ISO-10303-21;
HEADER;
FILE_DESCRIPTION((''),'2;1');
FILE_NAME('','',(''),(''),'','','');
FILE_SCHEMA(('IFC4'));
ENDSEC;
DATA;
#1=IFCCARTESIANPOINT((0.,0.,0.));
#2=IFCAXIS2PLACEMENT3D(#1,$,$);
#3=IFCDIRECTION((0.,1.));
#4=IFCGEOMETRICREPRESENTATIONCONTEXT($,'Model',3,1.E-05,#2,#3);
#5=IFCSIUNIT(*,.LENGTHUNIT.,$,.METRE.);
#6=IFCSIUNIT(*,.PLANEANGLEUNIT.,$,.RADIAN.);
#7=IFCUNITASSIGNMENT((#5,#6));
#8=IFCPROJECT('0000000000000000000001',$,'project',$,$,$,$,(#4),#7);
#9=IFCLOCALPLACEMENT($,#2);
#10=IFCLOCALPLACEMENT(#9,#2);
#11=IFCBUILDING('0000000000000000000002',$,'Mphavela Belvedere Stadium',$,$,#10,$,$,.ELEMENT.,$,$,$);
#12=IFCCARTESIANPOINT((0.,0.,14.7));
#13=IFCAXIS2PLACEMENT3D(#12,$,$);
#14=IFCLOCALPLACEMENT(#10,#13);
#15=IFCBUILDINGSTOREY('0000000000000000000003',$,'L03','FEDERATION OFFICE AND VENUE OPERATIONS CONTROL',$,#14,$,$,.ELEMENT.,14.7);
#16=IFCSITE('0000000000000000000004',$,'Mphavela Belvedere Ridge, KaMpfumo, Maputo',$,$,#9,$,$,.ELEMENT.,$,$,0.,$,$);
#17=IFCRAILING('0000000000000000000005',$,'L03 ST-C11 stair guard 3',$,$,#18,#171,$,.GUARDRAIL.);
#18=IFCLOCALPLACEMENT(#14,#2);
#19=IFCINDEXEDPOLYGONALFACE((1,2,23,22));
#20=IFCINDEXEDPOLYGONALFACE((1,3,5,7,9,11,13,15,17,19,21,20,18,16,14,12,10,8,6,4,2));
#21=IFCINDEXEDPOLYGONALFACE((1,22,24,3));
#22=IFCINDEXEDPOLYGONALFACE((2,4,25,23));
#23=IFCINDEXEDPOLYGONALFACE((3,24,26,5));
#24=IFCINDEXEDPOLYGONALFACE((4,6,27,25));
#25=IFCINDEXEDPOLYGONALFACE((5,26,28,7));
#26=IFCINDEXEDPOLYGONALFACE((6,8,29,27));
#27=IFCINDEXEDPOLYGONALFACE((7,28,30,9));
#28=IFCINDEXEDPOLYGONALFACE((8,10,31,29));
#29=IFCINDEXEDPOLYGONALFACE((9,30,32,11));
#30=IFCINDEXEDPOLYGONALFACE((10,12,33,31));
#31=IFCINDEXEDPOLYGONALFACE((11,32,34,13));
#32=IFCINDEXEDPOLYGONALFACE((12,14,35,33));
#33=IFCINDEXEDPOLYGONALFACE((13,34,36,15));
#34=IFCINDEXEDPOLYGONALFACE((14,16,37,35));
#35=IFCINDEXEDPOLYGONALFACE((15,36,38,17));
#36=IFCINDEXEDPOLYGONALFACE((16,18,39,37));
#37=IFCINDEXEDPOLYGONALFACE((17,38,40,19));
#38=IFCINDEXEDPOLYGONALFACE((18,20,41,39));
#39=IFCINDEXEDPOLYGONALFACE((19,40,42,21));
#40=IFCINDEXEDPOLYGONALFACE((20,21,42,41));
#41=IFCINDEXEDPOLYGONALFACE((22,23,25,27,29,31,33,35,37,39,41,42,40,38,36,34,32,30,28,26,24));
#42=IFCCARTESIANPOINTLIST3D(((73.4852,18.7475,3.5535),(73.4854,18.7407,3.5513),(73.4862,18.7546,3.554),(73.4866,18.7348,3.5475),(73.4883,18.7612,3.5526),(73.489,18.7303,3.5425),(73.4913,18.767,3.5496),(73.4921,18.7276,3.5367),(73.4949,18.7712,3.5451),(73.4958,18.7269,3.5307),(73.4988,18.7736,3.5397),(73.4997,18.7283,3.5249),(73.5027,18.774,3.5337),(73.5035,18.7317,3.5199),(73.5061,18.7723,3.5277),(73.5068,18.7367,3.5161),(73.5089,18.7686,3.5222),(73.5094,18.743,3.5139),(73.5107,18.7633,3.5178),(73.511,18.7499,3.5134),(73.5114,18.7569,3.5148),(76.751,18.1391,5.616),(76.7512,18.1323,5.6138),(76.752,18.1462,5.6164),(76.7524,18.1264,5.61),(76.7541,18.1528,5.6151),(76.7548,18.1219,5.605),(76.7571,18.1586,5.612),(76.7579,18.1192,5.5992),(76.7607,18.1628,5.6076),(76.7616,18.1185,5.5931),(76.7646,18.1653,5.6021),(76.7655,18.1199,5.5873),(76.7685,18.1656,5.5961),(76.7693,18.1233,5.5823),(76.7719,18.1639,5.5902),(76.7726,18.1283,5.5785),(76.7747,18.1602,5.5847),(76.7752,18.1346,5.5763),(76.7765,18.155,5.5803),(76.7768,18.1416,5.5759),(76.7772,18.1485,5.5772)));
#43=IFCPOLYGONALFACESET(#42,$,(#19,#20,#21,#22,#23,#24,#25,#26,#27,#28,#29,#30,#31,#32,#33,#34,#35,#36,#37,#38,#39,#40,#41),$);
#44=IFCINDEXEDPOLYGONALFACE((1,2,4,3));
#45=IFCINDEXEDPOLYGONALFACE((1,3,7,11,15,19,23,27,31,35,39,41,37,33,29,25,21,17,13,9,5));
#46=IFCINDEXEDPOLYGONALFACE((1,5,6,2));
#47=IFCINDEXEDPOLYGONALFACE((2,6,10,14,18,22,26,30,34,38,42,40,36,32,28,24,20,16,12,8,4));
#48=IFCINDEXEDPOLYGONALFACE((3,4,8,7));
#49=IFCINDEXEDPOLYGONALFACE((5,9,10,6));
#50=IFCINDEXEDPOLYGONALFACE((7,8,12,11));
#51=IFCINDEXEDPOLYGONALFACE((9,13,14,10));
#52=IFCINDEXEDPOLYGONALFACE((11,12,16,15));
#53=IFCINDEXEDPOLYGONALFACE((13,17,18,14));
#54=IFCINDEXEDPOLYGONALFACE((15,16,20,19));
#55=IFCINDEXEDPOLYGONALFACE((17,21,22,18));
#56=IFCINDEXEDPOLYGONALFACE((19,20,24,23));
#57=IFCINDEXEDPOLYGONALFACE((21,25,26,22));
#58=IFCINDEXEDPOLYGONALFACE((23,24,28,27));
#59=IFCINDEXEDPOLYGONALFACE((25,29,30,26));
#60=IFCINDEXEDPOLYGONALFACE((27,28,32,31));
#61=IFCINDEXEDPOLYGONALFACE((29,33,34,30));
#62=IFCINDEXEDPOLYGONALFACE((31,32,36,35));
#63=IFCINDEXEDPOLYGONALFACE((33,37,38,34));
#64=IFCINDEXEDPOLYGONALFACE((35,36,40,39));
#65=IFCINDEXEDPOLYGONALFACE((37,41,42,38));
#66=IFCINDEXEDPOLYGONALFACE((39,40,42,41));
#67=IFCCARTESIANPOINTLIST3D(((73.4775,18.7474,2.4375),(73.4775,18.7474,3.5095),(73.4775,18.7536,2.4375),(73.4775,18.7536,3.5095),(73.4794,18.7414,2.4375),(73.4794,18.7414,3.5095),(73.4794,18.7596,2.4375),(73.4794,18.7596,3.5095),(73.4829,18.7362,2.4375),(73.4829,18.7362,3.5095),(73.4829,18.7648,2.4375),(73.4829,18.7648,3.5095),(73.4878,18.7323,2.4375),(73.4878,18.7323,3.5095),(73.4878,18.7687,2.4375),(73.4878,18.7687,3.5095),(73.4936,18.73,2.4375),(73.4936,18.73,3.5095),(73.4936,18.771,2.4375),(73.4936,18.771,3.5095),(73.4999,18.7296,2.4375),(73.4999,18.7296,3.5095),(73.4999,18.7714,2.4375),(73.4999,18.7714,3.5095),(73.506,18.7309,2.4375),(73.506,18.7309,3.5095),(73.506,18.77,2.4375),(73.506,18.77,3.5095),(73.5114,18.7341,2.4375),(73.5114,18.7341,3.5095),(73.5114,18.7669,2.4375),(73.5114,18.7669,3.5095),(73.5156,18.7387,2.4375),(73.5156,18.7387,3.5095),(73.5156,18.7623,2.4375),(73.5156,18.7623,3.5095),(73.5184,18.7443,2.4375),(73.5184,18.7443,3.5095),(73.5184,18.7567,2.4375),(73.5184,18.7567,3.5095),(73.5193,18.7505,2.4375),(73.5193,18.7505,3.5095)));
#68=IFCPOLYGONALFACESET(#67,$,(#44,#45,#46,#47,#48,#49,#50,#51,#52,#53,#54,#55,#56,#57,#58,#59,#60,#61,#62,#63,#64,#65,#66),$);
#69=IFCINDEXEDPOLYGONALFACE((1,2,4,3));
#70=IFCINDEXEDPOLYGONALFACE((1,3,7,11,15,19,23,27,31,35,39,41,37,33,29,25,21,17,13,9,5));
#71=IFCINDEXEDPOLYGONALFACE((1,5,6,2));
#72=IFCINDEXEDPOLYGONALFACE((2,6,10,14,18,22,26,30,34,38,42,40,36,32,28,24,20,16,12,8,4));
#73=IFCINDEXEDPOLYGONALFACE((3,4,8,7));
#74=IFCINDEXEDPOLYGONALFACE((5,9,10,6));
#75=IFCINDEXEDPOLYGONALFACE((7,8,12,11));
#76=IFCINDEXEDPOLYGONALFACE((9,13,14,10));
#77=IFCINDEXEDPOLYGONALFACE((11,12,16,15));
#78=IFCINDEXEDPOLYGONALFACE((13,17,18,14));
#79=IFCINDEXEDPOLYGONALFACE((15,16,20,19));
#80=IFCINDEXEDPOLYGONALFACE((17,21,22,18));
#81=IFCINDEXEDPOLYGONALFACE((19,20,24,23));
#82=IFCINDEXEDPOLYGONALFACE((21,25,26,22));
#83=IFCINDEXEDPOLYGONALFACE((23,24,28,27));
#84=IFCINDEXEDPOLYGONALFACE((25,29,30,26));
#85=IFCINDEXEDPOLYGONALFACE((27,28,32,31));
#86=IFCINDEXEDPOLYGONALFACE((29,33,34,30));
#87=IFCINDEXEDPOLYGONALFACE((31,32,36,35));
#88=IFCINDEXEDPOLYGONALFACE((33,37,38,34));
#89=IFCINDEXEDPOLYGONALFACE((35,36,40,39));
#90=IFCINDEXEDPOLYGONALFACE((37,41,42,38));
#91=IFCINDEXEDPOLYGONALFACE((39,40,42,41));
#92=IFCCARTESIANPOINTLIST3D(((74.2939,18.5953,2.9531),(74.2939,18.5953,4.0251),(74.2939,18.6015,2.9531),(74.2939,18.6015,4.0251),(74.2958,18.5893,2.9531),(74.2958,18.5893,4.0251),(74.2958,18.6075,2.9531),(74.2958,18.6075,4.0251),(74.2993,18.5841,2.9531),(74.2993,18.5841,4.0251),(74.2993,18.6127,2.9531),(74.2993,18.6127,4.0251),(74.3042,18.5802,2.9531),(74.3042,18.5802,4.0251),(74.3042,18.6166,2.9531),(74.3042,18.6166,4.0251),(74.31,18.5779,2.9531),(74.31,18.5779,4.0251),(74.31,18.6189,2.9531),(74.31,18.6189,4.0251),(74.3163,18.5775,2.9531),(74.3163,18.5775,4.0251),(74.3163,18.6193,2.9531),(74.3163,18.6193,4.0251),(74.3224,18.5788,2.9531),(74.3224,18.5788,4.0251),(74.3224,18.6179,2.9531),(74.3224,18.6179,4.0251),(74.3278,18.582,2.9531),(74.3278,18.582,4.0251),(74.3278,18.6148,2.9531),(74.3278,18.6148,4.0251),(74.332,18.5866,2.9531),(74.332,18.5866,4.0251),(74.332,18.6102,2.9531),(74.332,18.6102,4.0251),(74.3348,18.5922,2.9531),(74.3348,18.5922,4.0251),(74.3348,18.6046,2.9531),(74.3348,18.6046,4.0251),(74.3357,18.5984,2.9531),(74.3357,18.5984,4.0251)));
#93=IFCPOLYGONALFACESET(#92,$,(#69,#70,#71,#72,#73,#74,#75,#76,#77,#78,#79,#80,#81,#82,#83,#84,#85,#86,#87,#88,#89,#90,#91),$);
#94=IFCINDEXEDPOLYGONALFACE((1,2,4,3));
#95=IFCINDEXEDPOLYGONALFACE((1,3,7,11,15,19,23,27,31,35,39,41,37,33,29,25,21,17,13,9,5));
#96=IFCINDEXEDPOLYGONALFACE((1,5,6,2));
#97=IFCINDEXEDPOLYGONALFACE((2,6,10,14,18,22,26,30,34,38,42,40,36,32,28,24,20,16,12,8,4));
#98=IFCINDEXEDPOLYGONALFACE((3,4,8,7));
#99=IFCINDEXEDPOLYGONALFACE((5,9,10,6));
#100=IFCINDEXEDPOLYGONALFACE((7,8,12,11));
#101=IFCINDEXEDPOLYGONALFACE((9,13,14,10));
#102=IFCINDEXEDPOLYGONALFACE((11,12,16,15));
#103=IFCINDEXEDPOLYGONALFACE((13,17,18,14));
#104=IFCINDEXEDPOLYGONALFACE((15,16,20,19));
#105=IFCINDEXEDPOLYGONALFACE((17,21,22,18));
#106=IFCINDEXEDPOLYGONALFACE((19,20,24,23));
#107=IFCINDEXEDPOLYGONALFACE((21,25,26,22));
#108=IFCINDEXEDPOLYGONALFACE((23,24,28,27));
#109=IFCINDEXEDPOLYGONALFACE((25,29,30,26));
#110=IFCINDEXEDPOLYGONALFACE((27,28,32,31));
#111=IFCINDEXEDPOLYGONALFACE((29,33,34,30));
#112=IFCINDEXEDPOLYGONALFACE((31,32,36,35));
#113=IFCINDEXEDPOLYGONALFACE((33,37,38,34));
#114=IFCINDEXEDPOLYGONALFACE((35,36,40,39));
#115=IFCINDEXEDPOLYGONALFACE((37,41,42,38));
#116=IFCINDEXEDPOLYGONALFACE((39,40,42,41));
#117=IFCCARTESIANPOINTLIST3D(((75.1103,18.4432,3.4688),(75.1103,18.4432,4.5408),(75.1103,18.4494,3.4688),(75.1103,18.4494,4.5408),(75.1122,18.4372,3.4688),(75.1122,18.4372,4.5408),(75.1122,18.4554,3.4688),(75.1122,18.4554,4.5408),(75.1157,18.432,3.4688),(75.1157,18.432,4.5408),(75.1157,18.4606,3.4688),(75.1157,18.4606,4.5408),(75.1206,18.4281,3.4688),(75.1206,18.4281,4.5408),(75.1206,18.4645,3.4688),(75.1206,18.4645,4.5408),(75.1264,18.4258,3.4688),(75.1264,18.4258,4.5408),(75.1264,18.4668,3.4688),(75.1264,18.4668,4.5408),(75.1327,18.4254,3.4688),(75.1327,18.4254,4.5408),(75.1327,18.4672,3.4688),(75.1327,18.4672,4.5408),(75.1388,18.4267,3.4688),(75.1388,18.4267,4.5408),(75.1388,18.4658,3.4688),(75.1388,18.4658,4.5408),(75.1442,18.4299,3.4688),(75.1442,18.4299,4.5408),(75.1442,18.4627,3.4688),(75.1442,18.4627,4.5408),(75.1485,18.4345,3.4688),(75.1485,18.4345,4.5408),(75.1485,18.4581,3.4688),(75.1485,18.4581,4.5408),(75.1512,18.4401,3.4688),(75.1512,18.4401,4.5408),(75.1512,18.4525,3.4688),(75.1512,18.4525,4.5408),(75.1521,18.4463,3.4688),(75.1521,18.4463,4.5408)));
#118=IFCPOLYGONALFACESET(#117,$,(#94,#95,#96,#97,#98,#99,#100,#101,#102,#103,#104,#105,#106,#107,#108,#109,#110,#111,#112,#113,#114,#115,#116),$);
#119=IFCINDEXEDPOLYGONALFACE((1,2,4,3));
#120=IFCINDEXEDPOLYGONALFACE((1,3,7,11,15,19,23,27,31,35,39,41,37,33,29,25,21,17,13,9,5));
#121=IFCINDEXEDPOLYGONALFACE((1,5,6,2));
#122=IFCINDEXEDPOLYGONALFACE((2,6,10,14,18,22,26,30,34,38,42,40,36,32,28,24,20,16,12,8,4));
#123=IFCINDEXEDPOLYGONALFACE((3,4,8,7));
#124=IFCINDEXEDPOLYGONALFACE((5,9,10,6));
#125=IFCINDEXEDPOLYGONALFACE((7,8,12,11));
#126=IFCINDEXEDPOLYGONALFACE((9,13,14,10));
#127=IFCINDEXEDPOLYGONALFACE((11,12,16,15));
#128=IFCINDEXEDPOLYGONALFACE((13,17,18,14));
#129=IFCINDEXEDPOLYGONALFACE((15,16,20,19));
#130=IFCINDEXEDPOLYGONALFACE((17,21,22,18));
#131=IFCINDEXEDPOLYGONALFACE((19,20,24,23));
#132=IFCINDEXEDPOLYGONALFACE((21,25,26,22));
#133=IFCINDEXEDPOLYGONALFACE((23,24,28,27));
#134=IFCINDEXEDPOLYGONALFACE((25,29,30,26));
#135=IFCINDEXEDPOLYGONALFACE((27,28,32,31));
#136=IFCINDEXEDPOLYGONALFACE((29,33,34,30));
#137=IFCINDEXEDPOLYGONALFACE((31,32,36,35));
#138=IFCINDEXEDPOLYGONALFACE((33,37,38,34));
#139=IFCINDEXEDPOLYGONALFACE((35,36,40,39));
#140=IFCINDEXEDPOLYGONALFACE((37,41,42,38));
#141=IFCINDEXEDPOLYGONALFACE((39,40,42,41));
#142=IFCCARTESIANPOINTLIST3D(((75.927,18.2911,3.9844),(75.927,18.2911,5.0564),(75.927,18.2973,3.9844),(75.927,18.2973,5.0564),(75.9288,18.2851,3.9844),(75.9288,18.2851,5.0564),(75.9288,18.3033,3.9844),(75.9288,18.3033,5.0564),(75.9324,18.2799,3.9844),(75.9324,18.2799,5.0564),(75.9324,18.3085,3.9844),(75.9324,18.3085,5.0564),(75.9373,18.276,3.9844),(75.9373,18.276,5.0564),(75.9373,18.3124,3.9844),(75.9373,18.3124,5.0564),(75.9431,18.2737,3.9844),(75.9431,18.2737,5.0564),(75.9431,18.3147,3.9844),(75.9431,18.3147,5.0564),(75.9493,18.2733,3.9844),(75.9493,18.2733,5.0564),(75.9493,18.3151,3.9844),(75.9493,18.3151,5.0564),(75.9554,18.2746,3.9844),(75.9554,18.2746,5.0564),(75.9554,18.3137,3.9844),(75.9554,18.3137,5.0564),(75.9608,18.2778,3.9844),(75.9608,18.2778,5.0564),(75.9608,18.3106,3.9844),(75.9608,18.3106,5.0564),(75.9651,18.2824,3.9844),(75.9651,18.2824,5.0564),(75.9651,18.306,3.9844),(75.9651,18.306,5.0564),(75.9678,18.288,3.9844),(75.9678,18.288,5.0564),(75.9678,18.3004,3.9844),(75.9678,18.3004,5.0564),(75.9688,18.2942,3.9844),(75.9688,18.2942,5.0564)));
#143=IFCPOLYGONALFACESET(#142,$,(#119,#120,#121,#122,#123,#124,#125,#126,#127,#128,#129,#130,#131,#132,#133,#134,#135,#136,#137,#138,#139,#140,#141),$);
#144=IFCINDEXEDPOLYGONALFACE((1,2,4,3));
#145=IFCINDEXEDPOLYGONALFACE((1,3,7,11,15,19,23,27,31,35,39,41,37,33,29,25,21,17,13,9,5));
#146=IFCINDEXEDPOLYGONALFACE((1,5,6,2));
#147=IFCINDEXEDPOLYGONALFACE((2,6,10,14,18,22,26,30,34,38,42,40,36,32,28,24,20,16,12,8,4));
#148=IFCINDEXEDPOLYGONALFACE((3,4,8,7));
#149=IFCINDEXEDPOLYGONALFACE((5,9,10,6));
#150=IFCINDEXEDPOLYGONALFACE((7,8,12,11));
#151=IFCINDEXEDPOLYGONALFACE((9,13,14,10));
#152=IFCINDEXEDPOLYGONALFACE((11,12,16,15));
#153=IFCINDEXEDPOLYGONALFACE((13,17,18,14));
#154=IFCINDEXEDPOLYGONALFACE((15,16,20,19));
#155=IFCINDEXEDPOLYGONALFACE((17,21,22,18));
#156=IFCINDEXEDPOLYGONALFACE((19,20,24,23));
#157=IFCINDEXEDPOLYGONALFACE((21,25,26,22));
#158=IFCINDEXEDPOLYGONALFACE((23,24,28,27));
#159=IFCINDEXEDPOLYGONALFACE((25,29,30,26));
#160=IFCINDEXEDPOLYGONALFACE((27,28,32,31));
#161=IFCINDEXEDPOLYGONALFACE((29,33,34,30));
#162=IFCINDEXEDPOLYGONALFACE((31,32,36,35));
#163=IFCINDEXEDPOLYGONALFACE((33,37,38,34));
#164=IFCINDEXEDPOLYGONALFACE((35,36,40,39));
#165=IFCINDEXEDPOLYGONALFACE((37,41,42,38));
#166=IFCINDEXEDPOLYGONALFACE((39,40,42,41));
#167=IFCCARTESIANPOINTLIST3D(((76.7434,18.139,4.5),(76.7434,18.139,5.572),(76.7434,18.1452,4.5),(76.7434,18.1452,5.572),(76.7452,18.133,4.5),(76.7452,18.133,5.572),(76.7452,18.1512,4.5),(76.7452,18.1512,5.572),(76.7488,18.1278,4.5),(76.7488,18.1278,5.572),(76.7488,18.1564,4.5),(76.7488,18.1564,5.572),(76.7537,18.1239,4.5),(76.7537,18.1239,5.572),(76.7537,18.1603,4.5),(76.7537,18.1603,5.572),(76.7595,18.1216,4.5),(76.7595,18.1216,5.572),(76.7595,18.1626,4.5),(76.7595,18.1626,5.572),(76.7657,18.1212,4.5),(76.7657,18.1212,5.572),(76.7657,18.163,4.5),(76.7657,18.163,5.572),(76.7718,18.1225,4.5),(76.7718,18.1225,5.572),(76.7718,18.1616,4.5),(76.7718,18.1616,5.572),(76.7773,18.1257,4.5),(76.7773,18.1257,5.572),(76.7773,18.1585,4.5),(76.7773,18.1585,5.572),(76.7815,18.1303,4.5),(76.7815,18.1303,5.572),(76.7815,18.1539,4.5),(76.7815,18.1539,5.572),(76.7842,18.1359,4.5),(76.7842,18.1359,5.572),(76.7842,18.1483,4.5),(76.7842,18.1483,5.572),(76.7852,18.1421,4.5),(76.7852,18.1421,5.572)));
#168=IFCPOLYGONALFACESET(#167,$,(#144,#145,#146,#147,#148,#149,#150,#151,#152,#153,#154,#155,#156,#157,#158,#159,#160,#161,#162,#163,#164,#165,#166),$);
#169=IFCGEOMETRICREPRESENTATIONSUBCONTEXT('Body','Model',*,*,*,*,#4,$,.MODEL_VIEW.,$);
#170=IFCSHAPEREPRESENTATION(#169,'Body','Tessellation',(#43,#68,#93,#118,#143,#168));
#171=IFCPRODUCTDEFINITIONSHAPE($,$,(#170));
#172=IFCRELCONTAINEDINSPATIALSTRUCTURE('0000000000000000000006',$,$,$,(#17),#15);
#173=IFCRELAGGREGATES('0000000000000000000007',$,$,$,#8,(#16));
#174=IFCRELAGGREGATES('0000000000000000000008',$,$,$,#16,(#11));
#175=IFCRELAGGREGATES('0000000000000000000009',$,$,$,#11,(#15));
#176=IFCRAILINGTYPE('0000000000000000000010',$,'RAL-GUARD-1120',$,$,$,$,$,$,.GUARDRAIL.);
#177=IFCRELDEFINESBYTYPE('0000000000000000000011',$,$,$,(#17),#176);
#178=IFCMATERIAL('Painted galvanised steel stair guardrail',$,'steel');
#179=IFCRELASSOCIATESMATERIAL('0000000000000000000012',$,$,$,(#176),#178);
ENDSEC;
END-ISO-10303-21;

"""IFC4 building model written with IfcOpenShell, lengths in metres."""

from ifc_helpers import new_model, si_unit, direction, frame, origin, origin_2d, place, context, subcontext, project, spatial, circle, extrude, material, type_object, element, save


model = new_model("IFC4")

# Units and contexts
model_context = context("Model", 3, precision=1e-05, world=origin(), true_north=direction((0.0, 1.0)))
body_context = subcontext(model_context, "Body", "Model", "MODEL_VIEW")
ifc_project = project(units=[si_unit("LENGTHUNIT", "METRE"), si_unit("PLANEANGLEUNIT", "RADIAN")], contexts=[model_context])

# Site, building, storey
site_placement = place(None, origin())
site = spatial("IfcSite", under=ifc_project, at=site_placement, Name="Mphavela Belvedere Ridge, KaMpfumo, Maputo", CompositionType="ELEMENT", RefElevation=0.0)
building_placement = place(site_placement, origin())
building = spatial("IfcBuilding", under=site, at=building_placement, Name="Mphavela Belvedere Stadium", CompositionType="ELEMENT")
storey_placement = place(building_placement, frame((0.0, 0.0, 14.7)))
storey = spatial("IfcBuildingStorey", under=building, at=storey_placement, Name="L03", Description="FEDERATION OFFICE AND VENUE OPERATIONS CONTROL", CompositionType="ELEMENT", Elevation=14.7)

# Railing
ifc_material_1 = material(Name="Painted galvanised steel stair guardrail", Category="steel")
railing_type_1 = type_object("IfcRailingType", Name="RAL-GUARD-1120", PredefinedType="GUARDRAIL", material=ifc_material_1)
railing_1_placement = place(storey_placement, frame((73.4983, 18.7505, 2.4375)))
element("IfcRailing", 1, at=railing_1_placement, inside=storey, type_object=railing_type_1, Name="L03 ST-C11 stair guard 3", PredefinedType="GUARDRAIL", context=body_context, shape_type="SweptSolid", body=[
    extrude(circle(Radius=0.0239, at=origin_2d()), frame((0.0, 0.0, 1.0962), z_axis=(0.83521, -0.155591, 0.527462), x_axis=(0.183139, 0.983087, 0.0)), (0.0, 0.0, 1.0), 3.9102),
    extrude(circle(Radius=0.021, at=origin_2d()), origin(), (0.0, 0.0, 1.0), 1.072),
    extrude(circle(Radius=0.021, at=origin_2d()), frame((0.8164, -0.1521, 0.5156)), (0.0, 0.0, 1.0), 1.072),
    extrude(circle(Radius=0.021, at=origin_2d()), frame((1.6328, -0.3042, 1.0312)), (0.0, 0.0, 1.0), 1.072),
    extrude(circle(Radius=0.021, at=origin_2d()), frame((2.4495, -0.4563, 1.5469)), (0.0, 0.0, 1.0), 1.072),
    extrude(circle(Radius=0.021, at=origin_2d()), frame((3.2659, -0.6084, 2.0625)), (0.0, 0.0, 1.0), 1.072),
])

save(model, "model.ifc")
